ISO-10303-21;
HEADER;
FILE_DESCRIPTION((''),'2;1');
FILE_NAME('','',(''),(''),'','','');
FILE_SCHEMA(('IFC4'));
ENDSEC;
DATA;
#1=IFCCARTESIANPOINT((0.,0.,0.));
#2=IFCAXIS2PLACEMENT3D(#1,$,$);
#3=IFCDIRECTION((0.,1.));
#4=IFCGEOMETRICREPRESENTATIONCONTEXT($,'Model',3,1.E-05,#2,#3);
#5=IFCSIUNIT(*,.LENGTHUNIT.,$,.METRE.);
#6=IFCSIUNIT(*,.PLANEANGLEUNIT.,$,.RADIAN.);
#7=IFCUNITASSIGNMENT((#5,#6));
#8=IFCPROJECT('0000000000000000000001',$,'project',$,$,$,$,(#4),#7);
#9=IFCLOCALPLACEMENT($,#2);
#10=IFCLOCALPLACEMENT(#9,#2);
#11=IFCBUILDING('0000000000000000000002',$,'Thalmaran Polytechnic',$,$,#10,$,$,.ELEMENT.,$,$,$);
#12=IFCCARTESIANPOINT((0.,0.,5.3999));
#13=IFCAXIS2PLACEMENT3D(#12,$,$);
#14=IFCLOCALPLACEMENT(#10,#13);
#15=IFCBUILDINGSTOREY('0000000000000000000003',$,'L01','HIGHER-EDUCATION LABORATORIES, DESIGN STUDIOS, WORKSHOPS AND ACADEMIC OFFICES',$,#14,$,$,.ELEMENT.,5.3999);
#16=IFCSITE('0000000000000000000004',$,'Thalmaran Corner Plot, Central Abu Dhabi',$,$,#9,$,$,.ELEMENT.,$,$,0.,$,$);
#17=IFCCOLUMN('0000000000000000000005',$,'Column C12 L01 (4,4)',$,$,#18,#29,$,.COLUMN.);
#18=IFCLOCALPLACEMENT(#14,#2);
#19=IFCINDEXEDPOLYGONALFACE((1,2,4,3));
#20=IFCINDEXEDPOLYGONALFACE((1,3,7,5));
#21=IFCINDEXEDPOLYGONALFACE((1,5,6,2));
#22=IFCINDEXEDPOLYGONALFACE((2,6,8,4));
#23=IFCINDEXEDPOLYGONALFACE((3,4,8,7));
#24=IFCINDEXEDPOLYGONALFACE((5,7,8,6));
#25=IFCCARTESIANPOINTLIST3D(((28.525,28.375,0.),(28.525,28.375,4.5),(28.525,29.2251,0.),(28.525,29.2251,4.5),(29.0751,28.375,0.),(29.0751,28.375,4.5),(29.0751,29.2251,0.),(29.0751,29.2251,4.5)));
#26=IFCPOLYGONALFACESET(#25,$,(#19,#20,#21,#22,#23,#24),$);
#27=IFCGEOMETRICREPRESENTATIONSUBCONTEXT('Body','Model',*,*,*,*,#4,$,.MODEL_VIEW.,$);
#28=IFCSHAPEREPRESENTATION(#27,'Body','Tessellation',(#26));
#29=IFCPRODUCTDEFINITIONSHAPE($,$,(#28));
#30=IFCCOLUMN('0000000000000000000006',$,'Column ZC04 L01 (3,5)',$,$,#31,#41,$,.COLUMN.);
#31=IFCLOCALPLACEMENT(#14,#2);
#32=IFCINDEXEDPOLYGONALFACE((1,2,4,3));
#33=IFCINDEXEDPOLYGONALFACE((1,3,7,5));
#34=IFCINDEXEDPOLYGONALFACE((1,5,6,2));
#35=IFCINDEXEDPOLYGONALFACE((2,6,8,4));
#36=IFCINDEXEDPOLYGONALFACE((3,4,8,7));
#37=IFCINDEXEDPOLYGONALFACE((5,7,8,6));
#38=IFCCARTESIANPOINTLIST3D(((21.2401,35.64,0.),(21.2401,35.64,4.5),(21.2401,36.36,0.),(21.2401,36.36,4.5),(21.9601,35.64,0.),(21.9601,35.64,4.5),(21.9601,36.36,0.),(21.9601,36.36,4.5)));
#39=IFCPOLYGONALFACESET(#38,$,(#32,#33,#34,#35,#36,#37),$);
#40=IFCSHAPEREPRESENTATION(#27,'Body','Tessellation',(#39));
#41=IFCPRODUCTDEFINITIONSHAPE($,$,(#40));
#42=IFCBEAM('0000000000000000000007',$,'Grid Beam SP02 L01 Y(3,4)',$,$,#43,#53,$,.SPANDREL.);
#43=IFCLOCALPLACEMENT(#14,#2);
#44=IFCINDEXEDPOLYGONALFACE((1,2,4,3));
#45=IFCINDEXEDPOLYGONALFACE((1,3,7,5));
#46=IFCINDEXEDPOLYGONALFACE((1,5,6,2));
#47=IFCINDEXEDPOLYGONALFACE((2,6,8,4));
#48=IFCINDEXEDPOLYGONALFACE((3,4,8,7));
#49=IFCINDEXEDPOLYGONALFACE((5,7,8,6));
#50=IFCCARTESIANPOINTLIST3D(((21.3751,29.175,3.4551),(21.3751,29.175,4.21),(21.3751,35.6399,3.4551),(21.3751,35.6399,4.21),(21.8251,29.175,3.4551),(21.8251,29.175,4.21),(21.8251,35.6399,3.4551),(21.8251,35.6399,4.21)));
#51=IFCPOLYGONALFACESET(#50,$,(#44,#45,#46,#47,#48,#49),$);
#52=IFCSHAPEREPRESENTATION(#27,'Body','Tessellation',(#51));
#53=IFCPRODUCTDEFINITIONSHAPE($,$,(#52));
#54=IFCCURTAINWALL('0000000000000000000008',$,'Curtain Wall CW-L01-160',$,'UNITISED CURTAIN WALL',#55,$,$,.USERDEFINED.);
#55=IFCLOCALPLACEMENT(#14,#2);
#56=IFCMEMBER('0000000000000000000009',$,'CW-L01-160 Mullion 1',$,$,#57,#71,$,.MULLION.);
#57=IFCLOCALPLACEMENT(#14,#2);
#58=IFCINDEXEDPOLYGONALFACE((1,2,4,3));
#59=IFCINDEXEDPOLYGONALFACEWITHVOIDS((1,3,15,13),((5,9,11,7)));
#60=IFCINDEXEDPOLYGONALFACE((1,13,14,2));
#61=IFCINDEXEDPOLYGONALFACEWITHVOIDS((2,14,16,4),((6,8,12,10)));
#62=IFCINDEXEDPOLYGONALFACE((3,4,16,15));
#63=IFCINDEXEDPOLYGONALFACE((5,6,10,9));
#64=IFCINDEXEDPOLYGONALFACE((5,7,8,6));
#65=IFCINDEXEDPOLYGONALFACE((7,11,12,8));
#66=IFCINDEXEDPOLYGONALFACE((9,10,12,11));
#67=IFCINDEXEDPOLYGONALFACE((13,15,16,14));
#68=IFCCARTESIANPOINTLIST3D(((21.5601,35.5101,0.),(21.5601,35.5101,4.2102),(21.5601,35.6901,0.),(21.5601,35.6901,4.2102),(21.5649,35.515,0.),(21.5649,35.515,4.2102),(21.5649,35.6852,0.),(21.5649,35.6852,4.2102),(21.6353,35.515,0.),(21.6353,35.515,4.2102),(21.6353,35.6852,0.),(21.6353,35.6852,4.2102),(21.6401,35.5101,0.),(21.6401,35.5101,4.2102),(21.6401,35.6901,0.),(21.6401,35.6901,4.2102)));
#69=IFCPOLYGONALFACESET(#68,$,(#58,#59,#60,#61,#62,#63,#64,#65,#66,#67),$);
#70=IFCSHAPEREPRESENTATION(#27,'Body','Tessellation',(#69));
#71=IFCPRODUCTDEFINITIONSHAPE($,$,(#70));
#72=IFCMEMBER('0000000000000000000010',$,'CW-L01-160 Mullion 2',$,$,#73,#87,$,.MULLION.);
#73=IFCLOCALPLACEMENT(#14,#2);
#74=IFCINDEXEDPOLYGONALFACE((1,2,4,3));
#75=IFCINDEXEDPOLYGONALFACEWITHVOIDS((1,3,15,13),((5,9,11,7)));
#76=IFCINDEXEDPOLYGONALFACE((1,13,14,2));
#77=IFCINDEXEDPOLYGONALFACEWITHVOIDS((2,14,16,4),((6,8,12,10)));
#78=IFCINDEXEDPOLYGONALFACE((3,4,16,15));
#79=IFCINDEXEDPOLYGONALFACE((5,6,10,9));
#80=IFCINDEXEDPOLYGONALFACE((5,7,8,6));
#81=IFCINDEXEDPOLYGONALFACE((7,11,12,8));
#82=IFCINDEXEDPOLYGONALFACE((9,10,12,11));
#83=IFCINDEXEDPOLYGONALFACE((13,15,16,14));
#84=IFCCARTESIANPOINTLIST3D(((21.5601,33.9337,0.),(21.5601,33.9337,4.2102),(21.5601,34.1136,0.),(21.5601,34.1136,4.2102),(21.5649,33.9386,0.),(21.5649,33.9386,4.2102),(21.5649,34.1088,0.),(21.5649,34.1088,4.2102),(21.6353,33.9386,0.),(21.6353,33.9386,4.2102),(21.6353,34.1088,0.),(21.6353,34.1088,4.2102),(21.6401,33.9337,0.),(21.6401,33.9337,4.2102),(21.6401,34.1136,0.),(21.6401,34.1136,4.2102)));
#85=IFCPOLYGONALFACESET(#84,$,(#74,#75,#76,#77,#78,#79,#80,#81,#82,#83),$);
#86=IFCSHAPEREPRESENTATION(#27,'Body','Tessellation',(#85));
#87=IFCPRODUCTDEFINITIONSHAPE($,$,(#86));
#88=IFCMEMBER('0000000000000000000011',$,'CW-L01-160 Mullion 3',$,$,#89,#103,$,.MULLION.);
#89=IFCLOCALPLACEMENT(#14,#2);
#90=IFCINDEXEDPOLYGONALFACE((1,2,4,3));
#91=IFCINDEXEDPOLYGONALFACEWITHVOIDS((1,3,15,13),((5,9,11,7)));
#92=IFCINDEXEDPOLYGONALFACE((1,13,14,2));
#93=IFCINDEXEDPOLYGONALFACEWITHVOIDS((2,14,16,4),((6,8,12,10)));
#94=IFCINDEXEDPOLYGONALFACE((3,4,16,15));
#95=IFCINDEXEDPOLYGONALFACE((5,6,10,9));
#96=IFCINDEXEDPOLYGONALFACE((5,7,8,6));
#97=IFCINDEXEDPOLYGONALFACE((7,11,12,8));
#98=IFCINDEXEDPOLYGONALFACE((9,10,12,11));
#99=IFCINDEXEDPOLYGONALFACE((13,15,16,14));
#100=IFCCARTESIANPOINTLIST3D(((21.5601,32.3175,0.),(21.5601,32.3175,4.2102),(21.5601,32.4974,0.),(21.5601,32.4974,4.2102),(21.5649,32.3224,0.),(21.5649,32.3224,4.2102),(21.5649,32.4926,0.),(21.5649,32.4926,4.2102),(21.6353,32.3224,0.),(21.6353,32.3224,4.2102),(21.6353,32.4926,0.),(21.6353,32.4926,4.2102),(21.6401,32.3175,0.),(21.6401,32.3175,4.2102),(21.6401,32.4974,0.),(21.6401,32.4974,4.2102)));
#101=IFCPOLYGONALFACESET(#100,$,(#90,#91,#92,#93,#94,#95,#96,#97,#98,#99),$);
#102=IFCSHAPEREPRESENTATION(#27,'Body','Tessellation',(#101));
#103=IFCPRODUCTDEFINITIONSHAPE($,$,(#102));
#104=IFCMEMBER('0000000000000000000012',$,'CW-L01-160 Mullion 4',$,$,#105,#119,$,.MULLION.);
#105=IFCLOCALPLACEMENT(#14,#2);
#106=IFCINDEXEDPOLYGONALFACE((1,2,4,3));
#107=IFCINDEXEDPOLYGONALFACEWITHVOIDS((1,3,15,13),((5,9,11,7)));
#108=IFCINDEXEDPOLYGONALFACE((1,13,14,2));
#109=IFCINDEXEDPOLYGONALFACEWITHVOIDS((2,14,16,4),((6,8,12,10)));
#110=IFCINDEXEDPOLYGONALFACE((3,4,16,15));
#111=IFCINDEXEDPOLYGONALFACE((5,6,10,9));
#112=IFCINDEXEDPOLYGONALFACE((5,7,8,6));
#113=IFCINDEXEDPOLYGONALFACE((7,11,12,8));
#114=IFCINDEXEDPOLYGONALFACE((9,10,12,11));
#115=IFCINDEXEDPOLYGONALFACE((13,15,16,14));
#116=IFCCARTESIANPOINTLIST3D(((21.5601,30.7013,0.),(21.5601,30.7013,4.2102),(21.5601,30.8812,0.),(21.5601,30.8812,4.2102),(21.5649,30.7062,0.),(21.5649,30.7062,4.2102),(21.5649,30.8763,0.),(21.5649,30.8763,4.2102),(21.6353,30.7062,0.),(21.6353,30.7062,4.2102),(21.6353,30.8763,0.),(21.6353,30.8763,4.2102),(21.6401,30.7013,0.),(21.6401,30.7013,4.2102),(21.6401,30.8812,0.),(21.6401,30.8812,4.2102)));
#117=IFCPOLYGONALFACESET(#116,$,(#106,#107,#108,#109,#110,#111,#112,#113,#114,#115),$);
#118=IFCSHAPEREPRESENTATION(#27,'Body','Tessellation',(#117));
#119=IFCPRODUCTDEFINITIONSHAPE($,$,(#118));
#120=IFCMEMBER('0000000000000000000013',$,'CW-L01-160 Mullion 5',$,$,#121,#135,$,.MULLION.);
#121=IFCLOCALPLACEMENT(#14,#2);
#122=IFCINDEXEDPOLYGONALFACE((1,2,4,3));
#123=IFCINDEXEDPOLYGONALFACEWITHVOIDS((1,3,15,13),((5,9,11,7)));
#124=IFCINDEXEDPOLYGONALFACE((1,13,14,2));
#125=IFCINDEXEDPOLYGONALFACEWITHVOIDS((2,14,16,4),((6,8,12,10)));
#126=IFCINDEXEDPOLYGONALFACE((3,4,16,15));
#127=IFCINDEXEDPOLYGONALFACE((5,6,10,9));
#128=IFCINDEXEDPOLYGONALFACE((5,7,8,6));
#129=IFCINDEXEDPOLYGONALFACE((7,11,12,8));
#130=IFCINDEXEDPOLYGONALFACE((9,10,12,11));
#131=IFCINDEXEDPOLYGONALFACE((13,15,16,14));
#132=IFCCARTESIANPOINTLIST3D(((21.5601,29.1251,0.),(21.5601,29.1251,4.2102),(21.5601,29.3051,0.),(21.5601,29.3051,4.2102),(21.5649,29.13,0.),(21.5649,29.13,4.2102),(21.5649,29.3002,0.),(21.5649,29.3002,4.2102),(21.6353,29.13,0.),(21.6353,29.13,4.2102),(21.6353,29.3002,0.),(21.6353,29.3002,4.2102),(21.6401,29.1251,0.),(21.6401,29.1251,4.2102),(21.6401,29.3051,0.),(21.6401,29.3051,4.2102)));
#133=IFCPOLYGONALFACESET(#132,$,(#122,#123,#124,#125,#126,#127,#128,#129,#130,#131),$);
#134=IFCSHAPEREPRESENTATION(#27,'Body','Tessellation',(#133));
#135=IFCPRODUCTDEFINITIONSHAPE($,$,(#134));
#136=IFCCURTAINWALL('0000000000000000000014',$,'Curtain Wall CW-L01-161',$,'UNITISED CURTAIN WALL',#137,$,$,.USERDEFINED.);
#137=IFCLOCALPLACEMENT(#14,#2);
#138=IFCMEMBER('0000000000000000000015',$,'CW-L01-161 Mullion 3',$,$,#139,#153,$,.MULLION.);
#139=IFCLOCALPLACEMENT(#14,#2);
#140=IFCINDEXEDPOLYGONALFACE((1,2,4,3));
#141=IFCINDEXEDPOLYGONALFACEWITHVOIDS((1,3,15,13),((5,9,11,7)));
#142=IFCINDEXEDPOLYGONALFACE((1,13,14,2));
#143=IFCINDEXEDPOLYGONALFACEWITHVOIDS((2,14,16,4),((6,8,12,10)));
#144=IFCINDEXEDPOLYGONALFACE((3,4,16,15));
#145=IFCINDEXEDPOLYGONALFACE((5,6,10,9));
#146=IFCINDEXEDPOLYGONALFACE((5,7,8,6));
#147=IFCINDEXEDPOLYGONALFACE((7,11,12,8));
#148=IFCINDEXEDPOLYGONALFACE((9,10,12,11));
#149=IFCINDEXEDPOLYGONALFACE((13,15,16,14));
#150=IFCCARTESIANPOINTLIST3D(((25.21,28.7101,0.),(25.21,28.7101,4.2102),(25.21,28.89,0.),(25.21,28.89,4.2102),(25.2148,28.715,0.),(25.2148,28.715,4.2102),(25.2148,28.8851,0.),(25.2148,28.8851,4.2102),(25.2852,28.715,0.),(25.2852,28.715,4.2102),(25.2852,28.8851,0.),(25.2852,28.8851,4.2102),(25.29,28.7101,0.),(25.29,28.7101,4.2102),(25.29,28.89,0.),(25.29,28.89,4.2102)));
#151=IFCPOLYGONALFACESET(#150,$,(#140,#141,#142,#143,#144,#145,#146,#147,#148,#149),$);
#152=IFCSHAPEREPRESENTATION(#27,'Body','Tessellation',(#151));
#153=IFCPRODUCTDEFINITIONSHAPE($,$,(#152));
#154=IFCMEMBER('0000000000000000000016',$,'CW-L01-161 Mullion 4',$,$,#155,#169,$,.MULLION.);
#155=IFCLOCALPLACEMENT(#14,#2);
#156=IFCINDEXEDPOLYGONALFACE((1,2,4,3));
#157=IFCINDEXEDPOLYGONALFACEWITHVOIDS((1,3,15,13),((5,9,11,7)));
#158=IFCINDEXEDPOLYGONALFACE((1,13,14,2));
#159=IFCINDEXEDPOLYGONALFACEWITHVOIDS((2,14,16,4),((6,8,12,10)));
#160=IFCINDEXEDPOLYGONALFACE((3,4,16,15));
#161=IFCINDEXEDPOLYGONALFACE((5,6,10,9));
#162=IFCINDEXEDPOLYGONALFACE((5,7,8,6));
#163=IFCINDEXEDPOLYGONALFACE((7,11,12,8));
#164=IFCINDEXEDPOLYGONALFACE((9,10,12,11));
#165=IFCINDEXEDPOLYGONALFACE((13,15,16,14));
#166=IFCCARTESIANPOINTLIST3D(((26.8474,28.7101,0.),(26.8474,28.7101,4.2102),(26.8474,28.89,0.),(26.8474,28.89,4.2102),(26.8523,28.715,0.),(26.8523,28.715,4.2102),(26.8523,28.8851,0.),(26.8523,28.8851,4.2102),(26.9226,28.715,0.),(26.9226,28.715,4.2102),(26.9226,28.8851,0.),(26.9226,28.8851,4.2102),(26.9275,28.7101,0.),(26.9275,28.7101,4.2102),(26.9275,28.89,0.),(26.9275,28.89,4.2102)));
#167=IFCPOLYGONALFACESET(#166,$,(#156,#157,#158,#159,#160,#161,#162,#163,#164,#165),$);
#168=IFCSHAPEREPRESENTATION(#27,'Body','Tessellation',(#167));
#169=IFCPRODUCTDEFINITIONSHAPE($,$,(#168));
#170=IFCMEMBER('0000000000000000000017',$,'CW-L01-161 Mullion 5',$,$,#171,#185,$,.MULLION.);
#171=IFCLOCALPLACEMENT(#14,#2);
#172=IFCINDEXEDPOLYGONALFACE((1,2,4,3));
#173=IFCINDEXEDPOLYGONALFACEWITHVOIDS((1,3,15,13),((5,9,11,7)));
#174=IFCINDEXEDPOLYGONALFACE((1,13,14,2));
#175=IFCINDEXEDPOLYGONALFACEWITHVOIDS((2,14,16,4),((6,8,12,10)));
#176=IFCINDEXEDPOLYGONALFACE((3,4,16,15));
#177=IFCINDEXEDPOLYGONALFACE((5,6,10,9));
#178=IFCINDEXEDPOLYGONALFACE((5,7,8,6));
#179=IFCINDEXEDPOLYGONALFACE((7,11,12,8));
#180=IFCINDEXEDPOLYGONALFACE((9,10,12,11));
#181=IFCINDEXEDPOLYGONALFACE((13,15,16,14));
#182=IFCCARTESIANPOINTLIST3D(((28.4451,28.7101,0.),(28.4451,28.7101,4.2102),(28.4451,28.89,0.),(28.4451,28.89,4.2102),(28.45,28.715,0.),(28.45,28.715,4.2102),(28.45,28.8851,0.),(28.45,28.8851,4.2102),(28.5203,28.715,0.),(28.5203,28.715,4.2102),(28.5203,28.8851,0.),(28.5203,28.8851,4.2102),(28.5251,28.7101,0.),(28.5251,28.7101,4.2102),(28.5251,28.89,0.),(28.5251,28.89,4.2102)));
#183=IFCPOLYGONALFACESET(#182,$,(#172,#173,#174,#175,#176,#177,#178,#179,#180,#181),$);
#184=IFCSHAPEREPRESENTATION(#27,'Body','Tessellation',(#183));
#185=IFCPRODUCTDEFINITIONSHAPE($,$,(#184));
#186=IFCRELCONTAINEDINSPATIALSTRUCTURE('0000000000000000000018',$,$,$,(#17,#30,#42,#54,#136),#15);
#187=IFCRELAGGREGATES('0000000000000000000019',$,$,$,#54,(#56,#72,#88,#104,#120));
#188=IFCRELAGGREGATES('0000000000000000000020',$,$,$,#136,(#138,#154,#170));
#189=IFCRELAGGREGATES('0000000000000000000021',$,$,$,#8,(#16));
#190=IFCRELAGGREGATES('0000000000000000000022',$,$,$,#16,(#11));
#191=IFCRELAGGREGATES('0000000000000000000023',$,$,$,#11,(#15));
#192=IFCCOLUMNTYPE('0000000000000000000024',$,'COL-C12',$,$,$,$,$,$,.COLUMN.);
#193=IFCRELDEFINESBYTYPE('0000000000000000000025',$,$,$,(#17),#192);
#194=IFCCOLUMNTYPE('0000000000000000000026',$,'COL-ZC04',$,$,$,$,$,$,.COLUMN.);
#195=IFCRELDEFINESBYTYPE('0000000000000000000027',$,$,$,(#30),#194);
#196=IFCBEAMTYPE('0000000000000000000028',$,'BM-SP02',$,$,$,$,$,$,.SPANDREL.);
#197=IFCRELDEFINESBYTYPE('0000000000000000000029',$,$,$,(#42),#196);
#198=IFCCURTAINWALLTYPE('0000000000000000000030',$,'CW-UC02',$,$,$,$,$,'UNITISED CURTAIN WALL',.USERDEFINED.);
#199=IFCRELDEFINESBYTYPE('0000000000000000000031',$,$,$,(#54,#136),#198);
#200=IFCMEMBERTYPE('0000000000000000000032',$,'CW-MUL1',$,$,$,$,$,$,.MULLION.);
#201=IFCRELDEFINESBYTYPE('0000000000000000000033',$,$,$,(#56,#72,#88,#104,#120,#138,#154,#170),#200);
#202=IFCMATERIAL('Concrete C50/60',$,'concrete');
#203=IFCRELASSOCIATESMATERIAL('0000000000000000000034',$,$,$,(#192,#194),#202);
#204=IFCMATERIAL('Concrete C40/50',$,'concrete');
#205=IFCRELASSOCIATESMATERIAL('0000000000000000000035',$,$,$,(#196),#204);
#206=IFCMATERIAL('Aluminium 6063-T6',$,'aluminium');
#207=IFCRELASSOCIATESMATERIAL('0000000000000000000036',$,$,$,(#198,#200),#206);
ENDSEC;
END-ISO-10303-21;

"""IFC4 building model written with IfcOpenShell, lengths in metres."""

from ifc_helpers import new_model, si_unit, direction, frame, origin, origin_2d, place, context, subcontext, project, spatial, rectangle, hollow_rectangle, extrude, material, material_profile, profile_set, type_object, element, aggregate, save


model = new_model("IFC4")

# Units and contexts
model_context = context("Model", 3, precision=1e-05, world=origin(), true_north=direction((0.0, 1.0)))
body_context = subcontext(model_context, "Body", "Model", "MODEL_VIEW")
ifc_project = project(units=[si_unit("LENGTHUNIT", "METRE"), si_unit("PLANEANGLEUNIT", "RADIAN")], contexts=[model_context])

# Site, building, storey
site_placement = place(None, origin())
site = spatial("IfcSite", under=ifc_project, at=site_placement, Name="Thalmaran Corner Plot, Central Abu Dhabi", CompositionType="ELEMENT", RefElevation=0.0)
building_placement = place(site_placement, origin())
building = spatial("IfcBuilding", under=site, at=building_placement, Name="Thalmaran Polytechnic", CompositionType="ELEMENT")
storey_placement = place(building_placement, frame((0.0, 0.0, 5.3999)))
storey = spatial("IfcBuildingStorey", under=building, at=storey_placement, Name="L01", Description="HIGHER-EDUCATION LABORATORIES, DESIGN STUDIOS, WORKSHOPS AND ACADEMIC OFFICES", CompositionType="ELEMENT", Elevation=5.3999)

# Columns
ifc_material_1 = material(Name="Concrete C50/60", Category="concrete")
ifc_material_profile_1 = material_profile(ifc_material_1, rectangle(XDim=0.55, YDim=0.8501, at=origin_2d()), Name="RC 550x850")
ifc_profile_set_1 = profile_set([ifc_material_profile_1], Name="Concrete C50/60")
column_type_1 = type_object("IfcColumnType", Name="COL-C12", PredefinedType="COLUMN", material=ifc_profile_set_1)
column_1_placement = place(storey_placement, frame((28.8, 28.8, 0.0), z_axis=(0.0, 0.0, 1.0), x_axis=(1.0, 0.0, 0.0)))
element("IfcColumn", 1, at=column_1_placement, inside=storey, type_object=column_type_1, Name="Column C12 L01 (4,4)", PredefinedType="COLUMN", context=body_context, shape_type="SweptSolid", body=[
    extrude(rectangle(XDim=0.55, YDim=0.8501, at=origin_2d()), origin(), (0.0, 0.0, 1.0), 4.5),
])
ifc_material_profile_2 = material_profile(ifc_material_1, rectangle(XDim=0.72, YDim=0.72, at=origin_2d()), Name="RC 720x720")
ifc_profile_set_2 = profile_set([ifc_material_profile_2], Name="Concrete C50/60")
column_type_2 = type_object("IfcColumnType", Name="COL-ZC04", PredefinedType="COLUMN", material=ifc_profile_set_2)
column_2_placement = place(storey_placement, frame((21.6001, 36.0, 0.0), z_axis=(0.0, 0.0, 1.0), x_axis=(1.0, 0.0, 0.0)))
element("IfcColumn", 2, at=column_2_placement, inside=storey, type_object=column_type_2, Name="Column ZC04 L01 (3,5)", PredefinedType="COLUMN", context=body_context, shape_type="SweptSolid", body=[
    extrude(rectangle(XDim=0.72, YDim=0.72, at=origin_2d()), origin(), (0.0, 0.0, 1.0), 4.5),
])

# Beam
ifc_material_2 = material(Name="Concrete C40/50", Category="concrete")
ifc_material_profile_3 = material_profile(ifc_material_2, rectangle(XDim=0.45, YDim=0.7549, at=origin_2d()), Name="RC 450x755")
ifc_profile_set_3 = profile_set([ifc_material_profile_3], Name="Concrete C40/50")
beam_type = type_object("IfcBeamType", Name="BM-SP02", PredefinedType="SPANDREL", material=ifc_profile_set_3)
beam_placement = place(storey_placement, frame((21.6001, 29.175, 3.8325), z_axis=(0.0, 1.0, 0.0), x_axis=(-1.0, 0.0, 0.0)))
element("IfcBeam", 3, at=beam_placement, inside=storey, type_object=beam_type, Name="Grid Beam SP02 L01 Y(3,4)", PredefinedType="SPANDREL", context=body_context, shape_type="SweptSolid", body=[
    extrude(rectangle(XDim=0.45, YDim=0.7549, at=origin_2d()), origin(), (0.0, 0.0, 1.0), 6.4648),
])

# Curtain walls, members
ifc_material_3 = material(Name="Aluminium 6063-T6", Category="aluminium")
curtain_wall_type = type_object("IfcCurtainWallType", Name="CW-UC02", ElementType="UNITISED CURTAIN WALL", PredefinedType="USERDEFINED", material=ifc_material_3)
curtain_wall_1_placement = place(storey_placement, origin())
curtain_wall_1 = element("IfcCurtainWall", 4, at=curtain_wall_1_placement, inside=storey, type_object=curtain_wall_type, Name="Curtain Wall CW-L01-160", ObjectType="UNITISED CURTAIN WALL", PredefinedType="USERDEFINED")
ifc_material_profile_4 = material_profile(ifc_material_3, hollow_rectangle(XDim=0.0801, YDim=0.1799, WallThickness=0.0049, at=origin_2d()), Name="RHS 180x80x5.0")
ifc_profile_set_4 = profile_set([ifc_material_profile_4], Name="Aluminium 6063-T6")
member_type_1 = type_object("IfcMemberType", Name="CW-MUL1", PredefinedType="MULLION", material=ifc_profile_set_4)
member_1_placement = place(storey_placement, frame((21.6001, 35.6001, 0.0), z_axis=(0.0, 0.0, 1.0), x_axis=(1.0, 0.0, 0.0)))
member_1 = element("IfcMember", 5, at=member_1_placement, type_object=member_type_1, Name="CW-L01-160 Mullion 1", PredefinedType="MULLION", context=body_context, shape_type="SweptSolid", body=[
    extrude(hollow_rectangle(XDim=0.0801, YDim=0.1799, WallThickness=0.0049, at=origin_2d()), origin(), (0.0, 0.0, 1.0), 4.2102),
])
member_2_placement = place(storey_placement, frame((21.6001, 34.0237, 0.0), z_axis=(0.0, 0.0, 1.0), x_axis=(1.0, 0.0, 0.0)))
member_2 = element("IfcMember", 6, at=member_2_placement, type_object=member_type_1, Name="CW-L01-160 Mullion 2", PredefinedType="MULLION", context=body_context, shape_type="SweptSolid", body=[
    extrude(hollow_rectangle(XDim=0.0801, YDim=0.1799, WallThickness=0.0049, at=origin_2d()), origin(), (0.0, 0.0, 1.0), 4.2102),
])
member_3_placement = place(storey_placement, frame((21.6001, 32.4075, 0.0), z_axis=(0.0, 0.0, 1.0), x_axis=(1.0, 0.0, 0.0)))
member_3 = element("IfcMember", 7, at=member_3_placement, type_object=member_type_1, Name="CW-L01-160 Mullion 3", PredefinedType="MULLION", context=body_context, shape_type="SweptSolid", body=[
    extrude(hollow_rectangle(XDim=0.0801, YDim=0.1799, WallThickness=0.0049, at=origin_2d()), origin(), (0.0, 0.0, 1.0), 4.2102),
])
member_4_placement = place(storey_placement, frame((21.6001, 30.7913, 0.0), z_axis=(0.0, 0.0, 1.0), x_axis=(1.0, 0.0, 0.0)))
member_4 = element("IfcMember", 8, at=member_4_placement, type_object=member_type_1, Name="CW-L01-160 Mullion 4", PredefinedType="MULLION", context=body_context, shape_type="SweptSolid", body=[
    extrude(hollow_rectangle(XDim=0.0801, YDim=0.1799, WallThickness=0.0049, at=origin_2d()), origin(), (0.0, 0.0, 1.0), 4.2102),
])
member_5_placement = place(storey_placement, frame((21.6001, 29.2151, 0.0), z_axis=(0.0, 0.0, 1.0), x_axis=(1.0, 0.0, 0.0)))
member_5 = element("IfcMember", 9, at=member_5_placement, type_object=member_type_1, Name="CW-L01-160 Mullion 5", PredefinedType="MULLION", context=body_context, shape_type="SweptSolid", body=[
    extrude(hollow_rectangle(XDim=0.0801, YDim=0.1799, WallThickness=0.0049, at=origin_2d()), origin(), (0.0, 0.0, 1.0), 4.2102),
])
curtain_wall_2_placement = place(storey_placement, origin())
curtain_wall_2 = element("IfcCurtainWall", 10, at=curtain_wall_2_placement, inside=storey, type_object=curtain_wall_type, Name="Curtain Wall CW-L01-161", ObjectType="UNITISED CURTAIN WALL", PredefinedType="USERDEFINED")
member_6_placement = place(storey_placement, frame((25.25, 28.8, 0.0), z_axis=(0.0, 0.0, 1.0), x_axis=(1.0, 0.0, 0.0)))
member_6 = element("IfcMember", 11, at=member_6_placement, type_object=member_type_1, Name="CW-L01-161 Mullion 3", PredefinedType="MULLION", context=body_context, shape_type="SweptSolid", body=[
    extrude(hollow_rectangle(XDim=0.0801, YDim=0.1799, WallThickness=0.0049, at=origin_2d()), origin(), (0.0, 0.0, 1.0), 4.2102),
])
member_7_placement = place(storey_placement, frame((26.8875, 28.8, 0.0), z_axis=(0.0, 0.0, 1.0), x_axis=(1.0, 0.0, 0.0)))
member_7 = element("IfcMember", 12, at=member_7_placement, type_object=member_type_1, Name="CW-L01-161 Mullion 4", PredefinedType="MULLION", context=body_context, shape_type="SweptSolid", body=[
    extrude(hollow_rectangle(XDim=0.0801, YDim=0.1799, WallThickness=0.0049, at=origin_2d()), origin(), (0.0, 0.0, 1.0), 4.2102),
])
member_8_placement = place(storey_placement, frame((28.4851, 28.8, 0.0), z_axis=(0.0, 0.0, 1.0), x_axis=(1.0, 0.0, 0.0)))
member_8 = element("IfcMember", 13, at=member_8_placement, type_object=member_type_1, Name="CW-L01-161 Mullion 5", PredefinedType="MULLION", context=body_context, shape_type="SweptSolid", body=[
    extrude(hollow_rectangle(XDim=0.0801, YDim=0.1799, WallThickness=0.0049, at=origin_2d()), origin(), (0.0, 0.0, 1.0), 4.2102),
])

aggregate(curtain_wall_1, [member_1, member_2, member_3, member_4, member_5])
aggregate(curtain_wall_2, [member_6, member_7, member_8])

save(model, "model.ifc")
